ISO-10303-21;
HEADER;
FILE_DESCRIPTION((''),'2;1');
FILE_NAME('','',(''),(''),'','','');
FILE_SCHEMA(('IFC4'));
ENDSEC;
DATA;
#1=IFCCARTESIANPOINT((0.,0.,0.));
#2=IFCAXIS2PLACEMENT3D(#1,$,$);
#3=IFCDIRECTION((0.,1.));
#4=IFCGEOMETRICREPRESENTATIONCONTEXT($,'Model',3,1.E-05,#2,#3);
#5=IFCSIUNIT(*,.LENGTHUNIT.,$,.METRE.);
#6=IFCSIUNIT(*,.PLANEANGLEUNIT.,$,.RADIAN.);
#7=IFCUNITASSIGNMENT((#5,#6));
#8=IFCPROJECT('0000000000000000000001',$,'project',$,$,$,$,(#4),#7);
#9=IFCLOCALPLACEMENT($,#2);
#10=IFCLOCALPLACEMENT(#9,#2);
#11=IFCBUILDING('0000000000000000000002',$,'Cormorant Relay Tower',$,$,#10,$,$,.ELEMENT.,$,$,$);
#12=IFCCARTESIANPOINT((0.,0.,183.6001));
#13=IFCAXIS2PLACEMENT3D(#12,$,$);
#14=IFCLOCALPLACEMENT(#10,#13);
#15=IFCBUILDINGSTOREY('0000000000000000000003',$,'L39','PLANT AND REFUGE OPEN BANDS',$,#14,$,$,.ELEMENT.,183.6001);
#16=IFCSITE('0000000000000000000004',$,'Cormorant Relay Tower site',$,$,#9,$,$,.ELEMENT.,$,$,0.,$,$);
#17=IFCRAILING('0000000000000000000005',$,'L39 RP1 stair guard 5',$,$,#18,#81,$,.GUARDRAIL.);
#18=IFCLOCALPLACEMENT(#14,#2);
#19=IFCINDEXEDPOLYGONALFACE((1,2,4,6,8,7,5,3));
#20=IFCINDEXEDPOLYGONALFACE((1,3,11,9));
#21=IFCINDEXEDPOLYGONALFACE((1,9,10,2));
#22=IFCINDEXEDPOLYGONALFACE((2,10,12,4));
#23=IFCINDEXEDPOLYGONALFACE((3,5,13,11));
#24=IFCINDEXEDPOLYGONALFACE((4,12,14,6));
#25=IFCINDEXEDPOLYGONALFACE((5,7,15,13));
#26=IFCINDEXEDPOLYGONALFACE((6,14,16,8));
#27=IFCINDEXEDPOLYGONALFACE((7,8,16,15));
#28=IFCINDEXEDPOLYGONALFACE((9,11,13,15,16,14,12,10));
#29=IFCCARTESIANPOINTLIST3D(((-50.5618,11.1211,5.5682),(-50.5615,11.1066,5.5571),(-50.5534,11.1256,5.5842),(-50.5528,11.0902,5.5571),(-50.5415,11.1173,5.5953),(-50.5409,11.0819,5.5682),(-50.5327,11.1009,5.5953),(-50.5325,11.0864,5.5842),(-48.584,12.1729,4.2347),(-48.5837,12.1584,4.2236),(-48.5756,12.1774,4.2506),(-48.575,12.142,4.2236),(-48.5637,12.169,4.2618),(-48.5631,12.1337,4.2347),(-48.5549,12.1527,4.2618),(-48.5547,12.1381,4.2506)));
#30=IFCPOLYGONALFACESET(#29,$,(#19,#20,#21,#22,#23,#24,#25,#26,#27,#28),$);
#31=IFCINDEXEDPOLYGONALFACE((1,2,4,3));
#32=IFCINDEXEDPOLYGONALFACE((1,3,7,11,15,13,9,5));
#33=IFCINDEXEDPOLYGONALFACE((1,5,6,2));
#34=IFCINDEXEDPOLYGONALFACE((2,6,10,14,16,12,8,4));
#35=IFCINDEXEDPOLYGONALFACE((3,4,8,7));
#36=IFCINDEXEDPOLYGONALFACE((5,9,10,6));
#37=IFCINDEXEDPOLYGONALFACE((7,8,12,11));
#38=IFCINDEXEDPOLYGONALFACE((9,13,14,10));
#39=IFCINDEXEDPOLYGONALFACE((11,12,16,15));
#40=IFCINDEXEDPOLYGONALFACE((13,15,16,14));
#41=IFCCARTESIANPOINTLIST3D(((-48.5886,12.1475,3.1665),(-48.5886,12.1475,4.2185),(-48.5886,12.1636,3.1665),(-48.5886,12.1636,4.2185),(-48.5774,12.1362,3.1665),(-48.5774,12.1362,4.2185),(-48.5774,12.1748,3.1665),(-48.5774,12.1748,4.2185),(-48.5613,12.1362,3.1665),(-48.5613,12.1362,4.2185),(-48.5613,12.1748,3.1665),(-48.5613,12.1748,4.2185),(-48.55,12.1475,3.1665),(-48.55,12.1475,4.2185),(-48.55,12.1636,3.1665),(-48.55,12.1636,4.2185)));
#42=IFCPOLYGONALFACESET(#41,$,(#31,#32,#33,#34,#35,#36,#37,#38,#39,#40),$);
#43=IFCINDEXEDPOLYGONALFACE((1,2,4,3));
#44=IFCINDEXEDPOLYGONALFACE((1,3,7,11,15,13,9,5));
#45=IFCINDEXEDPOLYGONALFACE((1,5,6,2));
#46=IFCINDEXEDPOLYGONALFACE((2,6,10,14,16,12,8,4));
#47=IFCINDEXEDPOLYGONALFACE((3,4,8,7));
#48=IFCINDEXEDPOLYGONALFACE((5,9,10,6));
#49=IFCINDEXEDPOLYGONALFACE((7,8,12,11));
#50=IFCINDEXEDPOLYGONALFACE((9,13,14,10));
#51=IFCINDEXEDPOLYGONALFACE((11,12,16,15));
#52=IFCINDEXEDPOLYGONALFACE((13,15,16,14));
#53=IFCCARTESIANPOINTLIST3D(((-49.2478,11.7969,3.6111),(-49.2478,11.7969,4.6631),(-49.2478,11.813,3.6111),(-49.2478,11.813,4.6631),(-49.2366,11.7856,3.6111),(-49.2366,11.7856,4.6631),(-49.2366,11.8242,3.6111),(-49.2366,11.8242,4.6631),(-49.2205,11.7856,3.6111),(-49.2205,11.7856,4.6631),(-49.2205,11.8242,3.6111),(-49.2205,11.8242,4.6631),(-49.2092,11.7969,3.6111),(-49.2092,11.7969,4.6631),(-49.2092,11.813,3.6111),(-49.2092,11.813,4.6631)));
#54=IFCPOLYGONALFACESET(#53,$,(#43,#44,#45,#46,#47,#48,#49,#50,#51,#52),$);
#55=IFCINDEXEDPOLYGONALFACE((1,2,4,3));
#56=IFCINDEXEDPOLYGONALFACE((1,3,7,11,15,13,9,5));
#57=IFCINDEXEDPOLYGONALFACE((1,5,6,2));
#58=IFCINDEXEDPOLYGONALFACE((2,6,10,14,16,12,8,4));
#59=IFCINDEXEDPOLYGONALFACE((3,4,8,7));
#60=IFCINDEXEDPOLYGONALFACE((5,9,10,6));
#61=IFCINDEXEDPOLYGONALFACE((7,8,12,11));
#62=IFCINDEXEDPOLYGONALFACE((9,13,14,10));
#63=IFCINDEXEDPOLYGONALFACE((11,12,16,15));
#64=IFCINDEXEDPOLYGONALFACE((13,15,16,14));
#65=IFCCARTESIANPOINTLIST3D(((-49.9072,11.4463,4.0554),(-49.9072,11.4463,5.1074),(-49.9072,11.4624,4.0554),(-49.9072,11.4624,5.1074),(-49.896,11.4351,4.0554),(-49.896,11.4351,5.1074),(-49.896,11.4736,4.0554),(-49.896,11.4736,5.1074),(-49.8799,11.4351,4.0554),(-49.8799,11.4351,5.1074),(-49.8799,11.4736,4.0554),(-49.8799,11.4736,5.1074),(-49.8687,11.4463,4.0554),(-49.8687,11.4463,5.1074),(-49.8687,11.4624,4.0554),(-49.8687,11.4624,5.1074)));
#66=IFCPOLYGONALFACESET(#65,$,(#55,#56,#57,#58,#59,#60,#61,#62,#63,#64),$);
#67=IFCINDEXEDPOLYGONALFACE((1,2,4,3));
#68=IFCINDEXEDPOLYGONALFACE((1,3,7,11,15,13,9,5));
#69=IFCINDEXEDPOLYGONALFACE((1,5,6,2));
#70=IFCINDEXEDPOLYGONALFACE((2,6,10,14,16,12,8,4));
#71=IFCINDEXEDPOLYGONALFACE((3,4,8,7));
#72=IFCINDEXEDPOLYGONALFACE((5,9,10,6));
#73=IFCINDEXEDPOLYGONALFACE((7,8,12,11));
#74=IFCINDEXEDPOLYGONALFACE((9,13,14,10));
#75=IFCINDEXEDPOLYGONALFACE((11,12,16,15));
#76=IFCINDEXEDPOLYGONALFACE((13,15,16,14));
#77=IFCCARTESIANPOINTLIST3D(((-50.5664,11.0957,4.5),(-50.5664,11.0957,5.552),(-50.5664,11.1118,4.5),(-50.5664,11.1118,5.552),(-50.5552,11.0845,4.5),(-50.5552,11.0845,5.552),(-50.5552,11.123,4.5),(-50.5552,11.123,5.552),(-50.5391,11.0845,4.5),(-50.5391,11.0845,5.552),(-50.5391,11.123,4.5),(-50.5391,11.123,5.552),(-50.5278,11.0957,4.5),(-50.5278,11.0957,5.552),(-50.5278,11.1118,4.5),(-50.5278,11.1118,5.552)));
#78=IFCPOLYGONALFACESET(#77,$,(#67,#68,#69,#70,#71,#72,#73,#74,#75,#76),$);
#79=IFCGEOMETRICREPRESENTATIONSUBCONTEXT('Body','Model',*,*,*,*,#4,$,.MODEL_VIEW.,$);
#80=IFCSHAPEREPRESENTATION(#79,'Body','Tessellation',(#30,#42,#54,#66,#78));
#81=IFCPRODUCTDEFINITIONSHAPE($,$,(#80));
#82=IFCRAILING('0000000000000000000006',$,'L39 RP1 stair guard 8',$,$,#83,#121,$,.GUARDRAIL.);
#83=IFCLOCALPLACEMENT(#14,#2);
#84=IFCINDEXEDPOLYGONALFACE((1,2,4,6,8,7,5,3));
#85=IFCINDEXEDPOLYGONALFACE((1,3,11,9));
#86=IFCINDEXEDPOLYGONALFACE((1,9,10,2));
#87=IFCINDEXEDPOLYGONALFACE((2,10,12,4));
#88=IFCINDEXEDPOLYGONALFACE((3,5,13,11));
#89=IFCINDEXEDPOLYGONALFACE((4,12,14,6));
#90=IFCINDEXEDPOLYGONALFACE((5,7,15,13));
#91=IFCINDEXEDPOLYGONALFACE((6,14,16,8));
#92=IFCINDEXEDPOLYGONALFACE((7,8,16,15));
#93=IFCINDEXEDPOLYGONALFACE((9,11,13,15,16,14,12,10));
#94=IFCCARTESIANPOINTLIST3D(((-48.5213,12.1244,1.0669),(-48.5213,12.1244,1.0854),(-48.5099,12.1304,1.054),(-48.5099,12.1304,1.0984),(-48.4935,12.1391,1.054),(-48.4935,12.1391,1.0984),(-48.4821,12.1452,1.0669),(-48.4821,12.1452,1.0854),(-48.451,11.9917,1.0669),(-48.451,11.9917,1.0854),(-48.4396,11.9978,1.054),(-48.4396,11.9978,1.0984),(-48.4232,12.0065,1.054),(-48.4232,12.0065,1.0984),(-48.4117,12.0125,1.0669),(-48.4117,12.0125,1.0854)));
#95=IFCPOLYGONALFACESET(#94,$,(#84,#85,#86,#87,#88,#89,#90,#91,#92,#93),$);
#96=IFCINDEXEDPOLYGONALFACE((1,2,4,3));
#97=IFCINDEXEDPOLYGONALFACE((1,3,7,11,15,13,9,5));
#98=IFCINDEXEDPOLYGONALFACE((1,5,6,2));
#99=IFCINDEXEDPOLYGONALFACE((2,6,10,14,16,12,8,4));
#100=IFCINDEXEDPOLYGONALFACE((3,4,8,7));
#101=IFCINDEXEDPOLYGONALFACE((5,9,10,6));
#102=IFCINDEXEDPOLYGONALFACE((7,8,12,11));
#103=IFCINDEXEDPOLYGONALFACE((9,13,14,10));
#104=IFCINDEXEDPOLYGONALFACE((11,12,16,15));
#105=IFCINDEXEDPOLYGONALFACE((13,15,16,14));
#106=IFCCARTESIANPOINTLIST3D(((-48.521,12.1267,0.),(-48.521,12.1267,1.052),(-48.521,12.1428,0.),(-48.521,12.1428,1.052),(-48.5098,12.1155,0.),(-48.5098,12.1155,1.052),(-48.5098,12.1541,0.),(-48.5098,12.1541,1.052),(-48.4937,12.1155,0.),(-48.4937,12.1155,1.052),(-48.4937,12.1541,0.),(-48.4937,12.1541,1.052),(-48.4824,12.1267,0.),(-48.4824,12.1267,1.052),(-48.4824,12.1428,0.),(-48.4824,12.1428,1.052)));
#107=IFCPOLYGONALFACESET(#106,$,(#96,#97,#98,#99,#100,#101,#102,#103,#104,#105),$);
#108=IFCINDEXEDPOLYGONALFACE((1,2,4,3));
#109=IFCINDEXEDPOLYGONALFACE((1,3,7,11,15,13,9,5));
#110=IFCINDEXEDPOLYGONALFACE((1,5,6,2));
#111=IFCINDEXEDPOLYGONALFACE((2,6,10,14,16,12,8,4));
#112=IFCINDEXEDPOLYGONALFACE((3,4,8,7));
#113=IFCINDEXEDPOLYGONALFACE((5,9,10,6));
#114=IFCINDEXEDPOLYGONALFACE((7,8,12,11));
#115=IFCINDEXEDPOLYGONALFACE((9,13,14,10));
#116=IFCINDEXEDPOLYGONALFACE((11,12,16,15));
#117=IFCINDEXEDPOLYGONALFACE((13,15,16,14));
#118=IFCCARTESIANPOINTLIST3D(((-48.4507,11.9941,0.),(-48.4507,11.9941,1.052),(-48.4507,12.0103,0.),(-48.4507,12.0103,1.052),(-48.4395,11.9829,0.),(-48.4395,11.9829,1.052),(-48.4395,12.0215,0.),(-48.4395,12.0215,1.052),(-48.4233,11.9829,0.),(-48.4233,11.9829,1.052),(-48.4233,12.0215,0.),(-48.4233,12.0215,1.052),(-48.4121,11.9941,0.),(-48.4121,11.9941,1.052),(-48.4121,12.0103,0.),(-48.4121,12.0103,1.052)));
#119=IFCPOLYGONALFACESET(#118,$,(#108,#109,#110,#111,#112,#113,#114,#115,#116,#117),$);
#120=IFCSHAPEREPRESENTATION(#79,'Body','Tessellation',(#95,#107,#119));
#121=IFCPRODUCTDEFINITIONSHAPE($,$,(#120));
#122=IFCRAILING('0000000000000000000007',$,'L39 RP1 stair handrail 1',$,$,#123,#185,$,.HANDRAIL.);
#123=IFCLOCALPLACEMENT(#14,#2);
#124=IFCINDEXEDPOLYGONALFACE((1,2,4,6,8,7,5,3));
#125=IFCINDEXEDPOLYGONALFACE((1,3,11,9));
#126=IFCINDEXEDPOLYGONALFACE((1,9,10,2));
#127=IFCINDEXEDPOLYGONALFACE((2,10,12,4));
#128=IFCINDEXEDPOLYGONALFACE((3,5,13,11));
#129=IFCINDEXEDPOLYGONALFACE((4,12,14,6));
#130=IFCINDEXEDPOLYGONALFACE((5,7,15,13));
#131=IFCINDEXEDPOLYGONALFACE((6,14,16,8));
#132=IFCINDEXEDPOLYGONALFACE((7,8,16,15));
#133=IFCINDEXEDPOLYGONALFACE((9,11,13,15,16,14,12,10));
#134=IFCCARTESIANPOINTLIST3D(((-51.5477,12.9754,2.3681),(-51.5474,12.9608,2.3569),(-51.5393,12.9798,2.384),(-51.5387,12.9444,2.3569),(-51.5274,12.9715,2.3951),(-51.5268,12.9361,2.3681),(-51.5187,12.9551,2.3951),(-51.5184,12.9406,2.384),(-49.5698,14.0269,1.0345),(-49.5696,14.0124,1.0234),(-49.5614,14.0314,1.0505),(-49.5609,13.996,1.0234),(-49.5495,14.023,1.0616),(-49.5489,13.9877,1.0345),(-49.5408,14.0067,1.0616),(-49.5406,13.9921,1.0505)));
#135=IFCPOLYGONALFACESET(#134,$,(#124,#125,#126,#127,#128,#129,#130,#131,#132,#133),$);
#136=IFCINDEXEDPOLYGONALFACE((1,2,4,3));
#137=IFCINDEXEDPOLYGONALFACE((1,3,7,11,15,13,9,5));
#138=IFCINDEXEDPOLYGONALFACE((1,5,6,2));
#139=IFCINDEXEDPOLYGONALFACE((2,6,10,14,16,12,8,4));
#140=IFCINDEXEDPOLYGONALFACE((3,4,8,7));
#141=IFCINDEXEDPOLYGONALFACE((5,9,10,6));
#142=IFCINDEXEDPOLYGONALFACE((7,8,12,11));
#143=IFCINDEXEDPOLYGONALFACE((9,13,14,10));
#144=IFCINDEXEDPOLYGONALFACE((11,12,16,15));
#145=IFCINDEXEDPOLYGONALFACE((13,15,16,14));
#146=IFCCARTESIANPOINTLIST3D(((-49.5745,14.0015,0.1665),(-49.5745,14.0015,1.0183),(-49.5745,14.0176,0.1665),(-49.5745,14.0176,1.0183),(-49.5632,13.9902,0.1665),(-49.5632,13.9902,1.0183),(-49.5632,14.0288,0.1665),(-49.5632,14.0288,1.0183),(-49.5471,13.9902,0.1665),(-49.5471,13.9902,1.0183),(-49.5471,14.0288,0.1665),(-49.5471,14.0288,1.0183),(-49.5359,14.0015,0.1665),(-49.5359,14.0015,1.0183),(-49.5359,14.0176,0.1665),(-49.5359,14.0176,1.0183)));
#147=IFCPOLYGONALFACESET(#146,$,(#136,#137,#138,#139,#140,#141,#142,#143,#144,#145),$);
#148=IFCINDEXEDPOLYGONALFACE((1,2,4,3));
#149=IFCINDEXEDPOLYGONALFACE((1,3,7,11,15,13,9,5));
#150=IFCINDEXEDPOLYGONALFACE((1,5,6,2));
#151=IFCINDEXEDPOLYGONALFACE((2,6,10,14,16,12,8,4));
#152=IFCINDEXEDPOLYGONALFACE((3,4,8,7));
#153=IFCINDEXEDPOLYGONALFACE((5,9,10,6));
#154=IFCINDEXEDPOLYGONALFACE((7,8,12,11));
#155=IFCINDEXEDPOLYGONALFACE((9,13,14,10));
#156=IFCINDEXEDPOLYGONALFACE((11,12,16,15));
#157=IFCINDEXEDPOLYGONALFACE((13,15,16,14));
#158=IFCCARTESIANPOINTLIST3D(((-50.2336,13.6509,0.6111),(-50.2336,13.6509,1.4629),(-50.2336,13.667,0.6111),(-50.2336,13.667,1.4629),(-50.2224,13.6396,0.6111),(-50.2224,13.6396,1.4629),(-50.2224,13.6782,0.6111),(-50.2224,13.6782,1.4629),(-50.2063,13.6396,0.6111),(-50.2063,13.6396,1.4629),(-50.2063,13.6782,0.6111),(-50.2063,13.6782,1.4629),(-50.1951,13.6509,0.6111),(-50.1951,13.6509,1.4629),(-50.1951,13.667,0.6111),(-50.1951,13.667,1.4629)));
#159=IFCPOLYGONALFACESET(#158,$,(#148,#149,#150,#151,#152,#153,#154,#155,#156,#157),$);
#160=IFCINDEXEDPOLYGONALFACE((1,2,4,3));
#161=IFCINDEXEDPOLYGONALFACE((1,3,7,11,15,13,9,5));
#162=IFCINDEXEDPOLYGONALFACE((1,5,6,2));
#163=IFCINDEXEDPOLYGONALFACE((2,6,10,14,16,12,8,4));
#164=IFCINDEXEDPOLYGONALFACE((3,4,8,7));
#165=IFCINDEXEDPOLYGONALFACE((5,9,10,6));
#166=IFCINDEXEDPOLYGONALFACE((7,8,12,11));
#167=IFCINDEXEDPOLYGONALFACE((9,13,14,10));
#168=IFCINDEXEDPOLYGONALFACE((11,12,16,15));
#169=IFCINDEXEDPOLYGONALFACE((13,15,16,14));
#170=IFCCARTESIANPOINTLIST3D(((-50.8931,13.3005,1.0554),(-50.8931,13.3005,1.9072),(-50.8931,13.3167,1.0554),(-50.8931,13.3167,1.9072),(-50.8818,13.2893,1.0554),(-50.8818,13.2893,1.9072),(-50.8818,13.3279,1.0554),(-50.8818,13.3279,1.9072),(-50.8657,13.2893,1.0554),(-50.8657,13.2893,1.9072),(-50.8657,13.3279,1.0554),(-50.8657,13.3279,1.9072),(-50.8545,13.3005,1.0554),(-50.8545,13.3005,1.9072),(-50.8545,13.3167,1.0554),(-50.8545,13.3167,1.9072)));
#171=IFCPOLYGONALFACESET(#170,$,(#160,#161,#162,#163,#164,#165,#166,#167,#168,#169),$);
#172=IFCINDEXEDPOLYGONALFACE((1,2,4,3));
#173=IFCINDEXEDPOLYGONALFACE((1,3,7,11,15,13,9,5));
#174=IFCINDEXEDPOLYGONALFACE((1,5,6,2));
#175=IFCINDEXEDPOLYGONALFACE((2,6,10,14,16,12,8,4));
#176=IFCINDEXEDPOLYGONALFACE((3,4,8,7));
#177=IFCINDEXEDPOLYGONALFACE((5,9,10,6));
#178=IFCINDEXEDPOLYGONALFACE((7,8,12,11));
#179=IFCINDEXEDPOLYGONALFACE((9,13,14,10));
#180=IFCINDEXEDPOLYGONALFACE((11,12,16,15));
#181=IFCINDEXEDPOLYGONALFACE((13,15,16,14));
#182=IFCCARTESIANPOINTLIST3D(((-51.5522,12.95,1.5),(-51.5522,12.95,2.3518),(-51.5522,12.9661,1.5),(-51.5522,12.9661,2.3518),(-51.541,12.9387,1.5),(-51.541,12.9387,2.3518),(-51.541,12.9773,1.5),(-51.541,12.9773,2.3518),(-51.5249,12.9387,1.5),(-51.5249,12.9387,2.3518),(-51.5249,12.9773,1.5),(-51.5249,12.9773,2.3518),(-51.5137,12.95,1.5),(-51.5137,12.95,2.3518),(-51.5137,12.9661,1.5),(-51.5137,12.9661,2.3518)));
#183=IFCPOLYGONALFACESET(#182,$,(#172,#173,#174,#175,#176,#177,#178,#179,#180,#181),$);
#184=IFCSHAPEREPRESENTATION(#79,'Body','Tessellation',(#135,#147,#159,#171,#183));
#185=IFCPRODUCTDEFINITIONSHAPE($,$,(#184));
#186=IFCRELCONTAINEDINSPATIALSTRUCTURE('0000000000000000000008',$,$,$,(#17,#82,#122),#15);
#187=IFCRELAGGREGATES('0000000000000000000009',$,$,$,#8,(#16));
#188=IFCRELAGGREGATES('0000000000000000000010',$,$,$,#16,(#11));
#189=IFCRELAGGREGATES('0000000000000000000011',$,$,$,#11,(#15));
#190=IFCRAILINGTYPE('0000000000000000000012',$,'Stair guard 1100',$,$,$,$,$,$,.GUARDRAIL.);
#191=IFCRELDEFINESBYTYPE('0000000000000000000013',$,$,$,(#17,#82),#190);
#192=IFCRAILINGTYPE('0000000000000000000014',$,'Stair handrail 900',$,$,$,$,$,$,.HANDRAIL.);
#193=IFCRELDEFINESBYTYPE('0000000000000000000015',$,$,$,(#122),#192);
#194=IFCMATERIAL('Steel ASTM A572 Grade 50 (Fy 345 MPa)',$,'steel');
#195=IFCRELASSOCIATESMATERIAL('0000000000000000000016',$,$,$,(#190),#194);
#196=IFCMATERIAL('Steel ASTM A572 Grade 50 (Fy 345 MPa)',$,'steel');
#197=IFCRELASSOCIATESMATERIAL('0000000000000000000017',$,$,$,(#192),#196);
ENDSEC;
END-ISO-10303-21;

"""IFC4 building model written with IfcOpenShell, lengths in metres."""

from ifc_helpers import new_model, si_unit, direction, frame, origin, place, context, subcontext, project, spatial, polyline, outline, extrude, material, type_object, element, save


model = new_model("IFC4")

# Units and contexts
model_context = context("Model", 3, precision=1e-05, world=origin(), true_north=direction((0.0, 1.0)))
body_context = subcontext(model_context, "Body", "Model", "MODEL_VIEW")
ifc_project = project(units=[si_unit("LENGTHUNIT", "METRE"), si_unit("PLANEANGLEUNIT", "RADIAN")], contexts=[model_context])

# Site, building, storey
site_placement = place(None, origin())
site = spatial("IfcSite", under=ifc_project, at=site_placement, Name="Cormorant Relay Tower site", CompositionType="ELEMENT", RefElevation=0.0)
building_placement = place(site_placement, origin())
building = spatial("IfcBuilding", under=site, at=building_placement, Name="Cormorant Relay Tower", CompositionType="ELEMENT")
storey_placement = place(building_placement, frame((0.0, 0.0, 183.6001)))
storey = spatial("IfcBuildingStorey", under=building, at=storey_placement, Name="L39", Description="PLANT AND REFUGE OPEN BANDS", CompositionType="ELEMENT", Elevation=183.6001)

# Railings
ifc_material_1 = material(Name="Steel ASTM A572 Grade 50 (Fy 345 MPa)", Category="steel")
railing_type_1 = type_object("IfcRailingType", Name="Stair guard 1100", PredefinedType="GUARDRAIL", material=ifc_material_1)
railing_1_placement = place(storey_placement, frame((-48.5693, 12.1555, 3.1665)))
element("IfcRailing", 1, at=railing_1_placement, inside=storey, type_object=railing_type_1, Name="L39 RP1 stair guard 5", PredefinedType="GUARDRAIL", context=body_context, shape_type="SweptSolid", body=[
    extrude(outline(polyline([(0.0222, 0.0093), (0.0093, 0.0222), (-0.0093, 0.0222), (-0.0222, 0.0093), (-0.0222, -0.0093), (-0.0093, -0.0222), (0.0093, -0.0222), (0.0222, -0.0093), (0.0222, 0.0093)])), frame((0.0, 0.0, 1.0762), z_axis=(-0.758667, -0.403448, 0.511522), x_axis=(0.469524, -0.882919, 0.0)), (0.0, 0.0, 1.0), 2.6069),
    extrude(outline(polyline([(0.0193, 0.0081), (0.0081, 0.0193), (-0.0081, 0.0193), (-0.0193, 0.0081), (-0.0193, -0.0081), (-0.0081, -0.0193), (0.0081, -0.0193), (0.0193, -0.0081), (0.0193, 0.0081)])), origin(), (0.0, 0.0, 1.0), 1.052),
    extrude(outline(polyline([(0.0193, 0.0081), (0.0081, 0.0193), (-0.0081, 0.0193), (-0.0193, 0.0081), (-0.0193, -0.0081), (-0.0081, -0.0193), (0.0081, -0.0193), (0.0193, -0.0081), (0.0193, 0.0081)])), frame((-0.6592, -0.3506, 0.4446)), (0.0, 0.0, 1.0), 1.052),
    extrude(outline(polyline([(0.0193, 0.0081), (0.0081, 0.0193), (-0.0081, 0.0193), (-0.0193, 0.0081), (-0.0193, -0.0081), (-0.0081, -0.0193), (0.0081, -0.0193), (0.0193, -0.0081), (0.0193, 0.0081)])), frame((-1.3186, -0.7012, 0.8889)), (0.0, 0.0, 1.0), 1.052),
    extrude(outline(polyline([(0.0193, 0.0081), (0.0081, 0.0193), (-0.0081, 0.0193), (-0.0193, 0.0081), (-0.0193, -0.0081), (-0.0081, -0.0193), (0.0081, -0.0193), (0.0193, -0.0081), (0.0193, 0.0081)])), frame((-1.9778, -1.0518, 1.3335)), (0.0, 0.0, 1.0), 1.052),
])
railing_2_placement = place(storey_placement, frame((-48.5017, 12.1348, 0.0)))
element("IfcRailing", 2, at=railing_2_placement, inside=storey, type_object=railing_type_1, Name="L39 RP1 stair guard 8", PredefinedType="GUARDRAIL", context=body_context, shape_type="SweptSolid", body=[
    extrude(outline(polyline([(0.0222, 0.0093), (0.0093, 0.0222), (-0.0093, 0.0222), (-0.0222, 0.0093), (-0.0222, -0.0093), (-0.0093, -0.0222), (0.0093, -0.0222), (0.0222, -0.0093), (0.0222, 0.0093)])), frame((0.0, 0.0, 1.0762), z_axis=(0.46856, -0.883431, 0.0), x_axis=(0.883431, 0.46856, 0.0)), (0.0, 0.0, 1.0), 0.1501),
    extrude(outline(polyline([(0.0193, 0.0081), (0.0081, 0.0193), (-0.0081, 0.0193), (-0.0193, 0.0081), (-0.0193, -0.0081), (-0.0081, -0.0193), (0.0081, -0.0193), (0.0193, -0.0081), (0.0193, 0.0081)])), origin(), (0.0, 0.0, 1.0), 1.052),
    extrude(outline(polyline([(0.0193, 0.0081), (0.0081, 0.0193), (-0.0081, 0.0193), (-0.0193, 0.0081), (-0.0193, -0.0081), (-0.0081, -0.0193), (0.0081, -0.0193), (0.0193, -0.0081), (0.0193, 0.0081)])), frame((0.0703, -0.1326, 0.0)), (0.0, 0.0, 1.0), 1.052),
])
ifc_material_2 = material(Name="Steel ASTM A572 Grade 50 (Fy 345 MPa)", Category="steel")
railing_type_2 = type_object("IfcRailingType", Name="Stair handrail 900", PredefinedType="HANDRAIL", material=ifc_material_2)
railing_3_placement = place(storey_placement, frame((-49.5552, 14.0095, 0.1665)))
element("IfcRailing", 3, at=railing_3_placement, inside=storey, type_object=railing_type_2, Name="L39 RP1 stair handrail 1", PredefinedType="HANDRAIL", context=body_context, shape_type="SweptSolid", body=[
    extrude(outline(polyline([(0.0222, 0.0093), (0.0093, 0.0222), (-0.0093, 0.0222), (-0.0222, 0.0093), (-0.0222, -0.0093), (-0.0093, -0.0222), (0.0093, -0.0222), (0.0222, -0.0093), (0.0222, 0.0093)])), frame((0.0, 0.0, 0.876), z_axis=(-0.758695, -0.40337, 0.511541), x_axis=(0.469439, -0.882965, 0.0)), (0.0, 0.0, 1.0), 2.6069),
    extrude(outline(polyline([(0.0193, 0.0081), (0.0081, 0.0193), (-0.0081, 0.0193), (-0.0193, 0.0081), (-0.0193, -0.0081), (-0.0081, -0.0193), (0.0081, -0.0193), (0.0193, -0.0081), (0.0193, 0.0081)])), origin(), (0.0, 0.0, 1.0), 0.8518),
    extrude(outline(polyline([(0.0193, 0.0081), (0.0081, 0.0193), (-0.0081, 0.0193), (-0.0193, 0.0081), (-0.0193, -0.0081), (-0.0081, -0.0193), (0.0081, -0.0193), (0.0193, -0.0081), (0.0193, 0.0081)])), frame((-0.6592, -0.3506, 0.4446)), (0.0, 0.0, 1.0), 0.8518),
    extrude(outline(polyline([(0.0193, 0.0081), (0.0081, 0.0193), (-0.0081, 0.0193), (-0.0193, 0.0081), (-0.0193, -0.0081), (-0.0081, -0.0193), (0.0081, -0.0193), (0.0193, -0.0081), (0.0193, 0.0081)])), frame((-1.3186, -0.7009, 0.8889)), (0.0, 0.0, 1.0), 0.8518),
    extrude(outline(polyline([(0.0193, 0.0081), (0.0081, 0.0193), (-0.0081, 0.0193), (-0.0193, 0.0081), (-0.0193, -0.0081), (-0.0081, -0.0193), (0.0081, -0.0193), (0.0193, -0.0081), (0.0193, 0.0081)])), frame((-1.9778, -1.0515, 1.3335)), (0.0, 0.0, 1.0), 0.8518),
])

save(model, "model.ifc")
